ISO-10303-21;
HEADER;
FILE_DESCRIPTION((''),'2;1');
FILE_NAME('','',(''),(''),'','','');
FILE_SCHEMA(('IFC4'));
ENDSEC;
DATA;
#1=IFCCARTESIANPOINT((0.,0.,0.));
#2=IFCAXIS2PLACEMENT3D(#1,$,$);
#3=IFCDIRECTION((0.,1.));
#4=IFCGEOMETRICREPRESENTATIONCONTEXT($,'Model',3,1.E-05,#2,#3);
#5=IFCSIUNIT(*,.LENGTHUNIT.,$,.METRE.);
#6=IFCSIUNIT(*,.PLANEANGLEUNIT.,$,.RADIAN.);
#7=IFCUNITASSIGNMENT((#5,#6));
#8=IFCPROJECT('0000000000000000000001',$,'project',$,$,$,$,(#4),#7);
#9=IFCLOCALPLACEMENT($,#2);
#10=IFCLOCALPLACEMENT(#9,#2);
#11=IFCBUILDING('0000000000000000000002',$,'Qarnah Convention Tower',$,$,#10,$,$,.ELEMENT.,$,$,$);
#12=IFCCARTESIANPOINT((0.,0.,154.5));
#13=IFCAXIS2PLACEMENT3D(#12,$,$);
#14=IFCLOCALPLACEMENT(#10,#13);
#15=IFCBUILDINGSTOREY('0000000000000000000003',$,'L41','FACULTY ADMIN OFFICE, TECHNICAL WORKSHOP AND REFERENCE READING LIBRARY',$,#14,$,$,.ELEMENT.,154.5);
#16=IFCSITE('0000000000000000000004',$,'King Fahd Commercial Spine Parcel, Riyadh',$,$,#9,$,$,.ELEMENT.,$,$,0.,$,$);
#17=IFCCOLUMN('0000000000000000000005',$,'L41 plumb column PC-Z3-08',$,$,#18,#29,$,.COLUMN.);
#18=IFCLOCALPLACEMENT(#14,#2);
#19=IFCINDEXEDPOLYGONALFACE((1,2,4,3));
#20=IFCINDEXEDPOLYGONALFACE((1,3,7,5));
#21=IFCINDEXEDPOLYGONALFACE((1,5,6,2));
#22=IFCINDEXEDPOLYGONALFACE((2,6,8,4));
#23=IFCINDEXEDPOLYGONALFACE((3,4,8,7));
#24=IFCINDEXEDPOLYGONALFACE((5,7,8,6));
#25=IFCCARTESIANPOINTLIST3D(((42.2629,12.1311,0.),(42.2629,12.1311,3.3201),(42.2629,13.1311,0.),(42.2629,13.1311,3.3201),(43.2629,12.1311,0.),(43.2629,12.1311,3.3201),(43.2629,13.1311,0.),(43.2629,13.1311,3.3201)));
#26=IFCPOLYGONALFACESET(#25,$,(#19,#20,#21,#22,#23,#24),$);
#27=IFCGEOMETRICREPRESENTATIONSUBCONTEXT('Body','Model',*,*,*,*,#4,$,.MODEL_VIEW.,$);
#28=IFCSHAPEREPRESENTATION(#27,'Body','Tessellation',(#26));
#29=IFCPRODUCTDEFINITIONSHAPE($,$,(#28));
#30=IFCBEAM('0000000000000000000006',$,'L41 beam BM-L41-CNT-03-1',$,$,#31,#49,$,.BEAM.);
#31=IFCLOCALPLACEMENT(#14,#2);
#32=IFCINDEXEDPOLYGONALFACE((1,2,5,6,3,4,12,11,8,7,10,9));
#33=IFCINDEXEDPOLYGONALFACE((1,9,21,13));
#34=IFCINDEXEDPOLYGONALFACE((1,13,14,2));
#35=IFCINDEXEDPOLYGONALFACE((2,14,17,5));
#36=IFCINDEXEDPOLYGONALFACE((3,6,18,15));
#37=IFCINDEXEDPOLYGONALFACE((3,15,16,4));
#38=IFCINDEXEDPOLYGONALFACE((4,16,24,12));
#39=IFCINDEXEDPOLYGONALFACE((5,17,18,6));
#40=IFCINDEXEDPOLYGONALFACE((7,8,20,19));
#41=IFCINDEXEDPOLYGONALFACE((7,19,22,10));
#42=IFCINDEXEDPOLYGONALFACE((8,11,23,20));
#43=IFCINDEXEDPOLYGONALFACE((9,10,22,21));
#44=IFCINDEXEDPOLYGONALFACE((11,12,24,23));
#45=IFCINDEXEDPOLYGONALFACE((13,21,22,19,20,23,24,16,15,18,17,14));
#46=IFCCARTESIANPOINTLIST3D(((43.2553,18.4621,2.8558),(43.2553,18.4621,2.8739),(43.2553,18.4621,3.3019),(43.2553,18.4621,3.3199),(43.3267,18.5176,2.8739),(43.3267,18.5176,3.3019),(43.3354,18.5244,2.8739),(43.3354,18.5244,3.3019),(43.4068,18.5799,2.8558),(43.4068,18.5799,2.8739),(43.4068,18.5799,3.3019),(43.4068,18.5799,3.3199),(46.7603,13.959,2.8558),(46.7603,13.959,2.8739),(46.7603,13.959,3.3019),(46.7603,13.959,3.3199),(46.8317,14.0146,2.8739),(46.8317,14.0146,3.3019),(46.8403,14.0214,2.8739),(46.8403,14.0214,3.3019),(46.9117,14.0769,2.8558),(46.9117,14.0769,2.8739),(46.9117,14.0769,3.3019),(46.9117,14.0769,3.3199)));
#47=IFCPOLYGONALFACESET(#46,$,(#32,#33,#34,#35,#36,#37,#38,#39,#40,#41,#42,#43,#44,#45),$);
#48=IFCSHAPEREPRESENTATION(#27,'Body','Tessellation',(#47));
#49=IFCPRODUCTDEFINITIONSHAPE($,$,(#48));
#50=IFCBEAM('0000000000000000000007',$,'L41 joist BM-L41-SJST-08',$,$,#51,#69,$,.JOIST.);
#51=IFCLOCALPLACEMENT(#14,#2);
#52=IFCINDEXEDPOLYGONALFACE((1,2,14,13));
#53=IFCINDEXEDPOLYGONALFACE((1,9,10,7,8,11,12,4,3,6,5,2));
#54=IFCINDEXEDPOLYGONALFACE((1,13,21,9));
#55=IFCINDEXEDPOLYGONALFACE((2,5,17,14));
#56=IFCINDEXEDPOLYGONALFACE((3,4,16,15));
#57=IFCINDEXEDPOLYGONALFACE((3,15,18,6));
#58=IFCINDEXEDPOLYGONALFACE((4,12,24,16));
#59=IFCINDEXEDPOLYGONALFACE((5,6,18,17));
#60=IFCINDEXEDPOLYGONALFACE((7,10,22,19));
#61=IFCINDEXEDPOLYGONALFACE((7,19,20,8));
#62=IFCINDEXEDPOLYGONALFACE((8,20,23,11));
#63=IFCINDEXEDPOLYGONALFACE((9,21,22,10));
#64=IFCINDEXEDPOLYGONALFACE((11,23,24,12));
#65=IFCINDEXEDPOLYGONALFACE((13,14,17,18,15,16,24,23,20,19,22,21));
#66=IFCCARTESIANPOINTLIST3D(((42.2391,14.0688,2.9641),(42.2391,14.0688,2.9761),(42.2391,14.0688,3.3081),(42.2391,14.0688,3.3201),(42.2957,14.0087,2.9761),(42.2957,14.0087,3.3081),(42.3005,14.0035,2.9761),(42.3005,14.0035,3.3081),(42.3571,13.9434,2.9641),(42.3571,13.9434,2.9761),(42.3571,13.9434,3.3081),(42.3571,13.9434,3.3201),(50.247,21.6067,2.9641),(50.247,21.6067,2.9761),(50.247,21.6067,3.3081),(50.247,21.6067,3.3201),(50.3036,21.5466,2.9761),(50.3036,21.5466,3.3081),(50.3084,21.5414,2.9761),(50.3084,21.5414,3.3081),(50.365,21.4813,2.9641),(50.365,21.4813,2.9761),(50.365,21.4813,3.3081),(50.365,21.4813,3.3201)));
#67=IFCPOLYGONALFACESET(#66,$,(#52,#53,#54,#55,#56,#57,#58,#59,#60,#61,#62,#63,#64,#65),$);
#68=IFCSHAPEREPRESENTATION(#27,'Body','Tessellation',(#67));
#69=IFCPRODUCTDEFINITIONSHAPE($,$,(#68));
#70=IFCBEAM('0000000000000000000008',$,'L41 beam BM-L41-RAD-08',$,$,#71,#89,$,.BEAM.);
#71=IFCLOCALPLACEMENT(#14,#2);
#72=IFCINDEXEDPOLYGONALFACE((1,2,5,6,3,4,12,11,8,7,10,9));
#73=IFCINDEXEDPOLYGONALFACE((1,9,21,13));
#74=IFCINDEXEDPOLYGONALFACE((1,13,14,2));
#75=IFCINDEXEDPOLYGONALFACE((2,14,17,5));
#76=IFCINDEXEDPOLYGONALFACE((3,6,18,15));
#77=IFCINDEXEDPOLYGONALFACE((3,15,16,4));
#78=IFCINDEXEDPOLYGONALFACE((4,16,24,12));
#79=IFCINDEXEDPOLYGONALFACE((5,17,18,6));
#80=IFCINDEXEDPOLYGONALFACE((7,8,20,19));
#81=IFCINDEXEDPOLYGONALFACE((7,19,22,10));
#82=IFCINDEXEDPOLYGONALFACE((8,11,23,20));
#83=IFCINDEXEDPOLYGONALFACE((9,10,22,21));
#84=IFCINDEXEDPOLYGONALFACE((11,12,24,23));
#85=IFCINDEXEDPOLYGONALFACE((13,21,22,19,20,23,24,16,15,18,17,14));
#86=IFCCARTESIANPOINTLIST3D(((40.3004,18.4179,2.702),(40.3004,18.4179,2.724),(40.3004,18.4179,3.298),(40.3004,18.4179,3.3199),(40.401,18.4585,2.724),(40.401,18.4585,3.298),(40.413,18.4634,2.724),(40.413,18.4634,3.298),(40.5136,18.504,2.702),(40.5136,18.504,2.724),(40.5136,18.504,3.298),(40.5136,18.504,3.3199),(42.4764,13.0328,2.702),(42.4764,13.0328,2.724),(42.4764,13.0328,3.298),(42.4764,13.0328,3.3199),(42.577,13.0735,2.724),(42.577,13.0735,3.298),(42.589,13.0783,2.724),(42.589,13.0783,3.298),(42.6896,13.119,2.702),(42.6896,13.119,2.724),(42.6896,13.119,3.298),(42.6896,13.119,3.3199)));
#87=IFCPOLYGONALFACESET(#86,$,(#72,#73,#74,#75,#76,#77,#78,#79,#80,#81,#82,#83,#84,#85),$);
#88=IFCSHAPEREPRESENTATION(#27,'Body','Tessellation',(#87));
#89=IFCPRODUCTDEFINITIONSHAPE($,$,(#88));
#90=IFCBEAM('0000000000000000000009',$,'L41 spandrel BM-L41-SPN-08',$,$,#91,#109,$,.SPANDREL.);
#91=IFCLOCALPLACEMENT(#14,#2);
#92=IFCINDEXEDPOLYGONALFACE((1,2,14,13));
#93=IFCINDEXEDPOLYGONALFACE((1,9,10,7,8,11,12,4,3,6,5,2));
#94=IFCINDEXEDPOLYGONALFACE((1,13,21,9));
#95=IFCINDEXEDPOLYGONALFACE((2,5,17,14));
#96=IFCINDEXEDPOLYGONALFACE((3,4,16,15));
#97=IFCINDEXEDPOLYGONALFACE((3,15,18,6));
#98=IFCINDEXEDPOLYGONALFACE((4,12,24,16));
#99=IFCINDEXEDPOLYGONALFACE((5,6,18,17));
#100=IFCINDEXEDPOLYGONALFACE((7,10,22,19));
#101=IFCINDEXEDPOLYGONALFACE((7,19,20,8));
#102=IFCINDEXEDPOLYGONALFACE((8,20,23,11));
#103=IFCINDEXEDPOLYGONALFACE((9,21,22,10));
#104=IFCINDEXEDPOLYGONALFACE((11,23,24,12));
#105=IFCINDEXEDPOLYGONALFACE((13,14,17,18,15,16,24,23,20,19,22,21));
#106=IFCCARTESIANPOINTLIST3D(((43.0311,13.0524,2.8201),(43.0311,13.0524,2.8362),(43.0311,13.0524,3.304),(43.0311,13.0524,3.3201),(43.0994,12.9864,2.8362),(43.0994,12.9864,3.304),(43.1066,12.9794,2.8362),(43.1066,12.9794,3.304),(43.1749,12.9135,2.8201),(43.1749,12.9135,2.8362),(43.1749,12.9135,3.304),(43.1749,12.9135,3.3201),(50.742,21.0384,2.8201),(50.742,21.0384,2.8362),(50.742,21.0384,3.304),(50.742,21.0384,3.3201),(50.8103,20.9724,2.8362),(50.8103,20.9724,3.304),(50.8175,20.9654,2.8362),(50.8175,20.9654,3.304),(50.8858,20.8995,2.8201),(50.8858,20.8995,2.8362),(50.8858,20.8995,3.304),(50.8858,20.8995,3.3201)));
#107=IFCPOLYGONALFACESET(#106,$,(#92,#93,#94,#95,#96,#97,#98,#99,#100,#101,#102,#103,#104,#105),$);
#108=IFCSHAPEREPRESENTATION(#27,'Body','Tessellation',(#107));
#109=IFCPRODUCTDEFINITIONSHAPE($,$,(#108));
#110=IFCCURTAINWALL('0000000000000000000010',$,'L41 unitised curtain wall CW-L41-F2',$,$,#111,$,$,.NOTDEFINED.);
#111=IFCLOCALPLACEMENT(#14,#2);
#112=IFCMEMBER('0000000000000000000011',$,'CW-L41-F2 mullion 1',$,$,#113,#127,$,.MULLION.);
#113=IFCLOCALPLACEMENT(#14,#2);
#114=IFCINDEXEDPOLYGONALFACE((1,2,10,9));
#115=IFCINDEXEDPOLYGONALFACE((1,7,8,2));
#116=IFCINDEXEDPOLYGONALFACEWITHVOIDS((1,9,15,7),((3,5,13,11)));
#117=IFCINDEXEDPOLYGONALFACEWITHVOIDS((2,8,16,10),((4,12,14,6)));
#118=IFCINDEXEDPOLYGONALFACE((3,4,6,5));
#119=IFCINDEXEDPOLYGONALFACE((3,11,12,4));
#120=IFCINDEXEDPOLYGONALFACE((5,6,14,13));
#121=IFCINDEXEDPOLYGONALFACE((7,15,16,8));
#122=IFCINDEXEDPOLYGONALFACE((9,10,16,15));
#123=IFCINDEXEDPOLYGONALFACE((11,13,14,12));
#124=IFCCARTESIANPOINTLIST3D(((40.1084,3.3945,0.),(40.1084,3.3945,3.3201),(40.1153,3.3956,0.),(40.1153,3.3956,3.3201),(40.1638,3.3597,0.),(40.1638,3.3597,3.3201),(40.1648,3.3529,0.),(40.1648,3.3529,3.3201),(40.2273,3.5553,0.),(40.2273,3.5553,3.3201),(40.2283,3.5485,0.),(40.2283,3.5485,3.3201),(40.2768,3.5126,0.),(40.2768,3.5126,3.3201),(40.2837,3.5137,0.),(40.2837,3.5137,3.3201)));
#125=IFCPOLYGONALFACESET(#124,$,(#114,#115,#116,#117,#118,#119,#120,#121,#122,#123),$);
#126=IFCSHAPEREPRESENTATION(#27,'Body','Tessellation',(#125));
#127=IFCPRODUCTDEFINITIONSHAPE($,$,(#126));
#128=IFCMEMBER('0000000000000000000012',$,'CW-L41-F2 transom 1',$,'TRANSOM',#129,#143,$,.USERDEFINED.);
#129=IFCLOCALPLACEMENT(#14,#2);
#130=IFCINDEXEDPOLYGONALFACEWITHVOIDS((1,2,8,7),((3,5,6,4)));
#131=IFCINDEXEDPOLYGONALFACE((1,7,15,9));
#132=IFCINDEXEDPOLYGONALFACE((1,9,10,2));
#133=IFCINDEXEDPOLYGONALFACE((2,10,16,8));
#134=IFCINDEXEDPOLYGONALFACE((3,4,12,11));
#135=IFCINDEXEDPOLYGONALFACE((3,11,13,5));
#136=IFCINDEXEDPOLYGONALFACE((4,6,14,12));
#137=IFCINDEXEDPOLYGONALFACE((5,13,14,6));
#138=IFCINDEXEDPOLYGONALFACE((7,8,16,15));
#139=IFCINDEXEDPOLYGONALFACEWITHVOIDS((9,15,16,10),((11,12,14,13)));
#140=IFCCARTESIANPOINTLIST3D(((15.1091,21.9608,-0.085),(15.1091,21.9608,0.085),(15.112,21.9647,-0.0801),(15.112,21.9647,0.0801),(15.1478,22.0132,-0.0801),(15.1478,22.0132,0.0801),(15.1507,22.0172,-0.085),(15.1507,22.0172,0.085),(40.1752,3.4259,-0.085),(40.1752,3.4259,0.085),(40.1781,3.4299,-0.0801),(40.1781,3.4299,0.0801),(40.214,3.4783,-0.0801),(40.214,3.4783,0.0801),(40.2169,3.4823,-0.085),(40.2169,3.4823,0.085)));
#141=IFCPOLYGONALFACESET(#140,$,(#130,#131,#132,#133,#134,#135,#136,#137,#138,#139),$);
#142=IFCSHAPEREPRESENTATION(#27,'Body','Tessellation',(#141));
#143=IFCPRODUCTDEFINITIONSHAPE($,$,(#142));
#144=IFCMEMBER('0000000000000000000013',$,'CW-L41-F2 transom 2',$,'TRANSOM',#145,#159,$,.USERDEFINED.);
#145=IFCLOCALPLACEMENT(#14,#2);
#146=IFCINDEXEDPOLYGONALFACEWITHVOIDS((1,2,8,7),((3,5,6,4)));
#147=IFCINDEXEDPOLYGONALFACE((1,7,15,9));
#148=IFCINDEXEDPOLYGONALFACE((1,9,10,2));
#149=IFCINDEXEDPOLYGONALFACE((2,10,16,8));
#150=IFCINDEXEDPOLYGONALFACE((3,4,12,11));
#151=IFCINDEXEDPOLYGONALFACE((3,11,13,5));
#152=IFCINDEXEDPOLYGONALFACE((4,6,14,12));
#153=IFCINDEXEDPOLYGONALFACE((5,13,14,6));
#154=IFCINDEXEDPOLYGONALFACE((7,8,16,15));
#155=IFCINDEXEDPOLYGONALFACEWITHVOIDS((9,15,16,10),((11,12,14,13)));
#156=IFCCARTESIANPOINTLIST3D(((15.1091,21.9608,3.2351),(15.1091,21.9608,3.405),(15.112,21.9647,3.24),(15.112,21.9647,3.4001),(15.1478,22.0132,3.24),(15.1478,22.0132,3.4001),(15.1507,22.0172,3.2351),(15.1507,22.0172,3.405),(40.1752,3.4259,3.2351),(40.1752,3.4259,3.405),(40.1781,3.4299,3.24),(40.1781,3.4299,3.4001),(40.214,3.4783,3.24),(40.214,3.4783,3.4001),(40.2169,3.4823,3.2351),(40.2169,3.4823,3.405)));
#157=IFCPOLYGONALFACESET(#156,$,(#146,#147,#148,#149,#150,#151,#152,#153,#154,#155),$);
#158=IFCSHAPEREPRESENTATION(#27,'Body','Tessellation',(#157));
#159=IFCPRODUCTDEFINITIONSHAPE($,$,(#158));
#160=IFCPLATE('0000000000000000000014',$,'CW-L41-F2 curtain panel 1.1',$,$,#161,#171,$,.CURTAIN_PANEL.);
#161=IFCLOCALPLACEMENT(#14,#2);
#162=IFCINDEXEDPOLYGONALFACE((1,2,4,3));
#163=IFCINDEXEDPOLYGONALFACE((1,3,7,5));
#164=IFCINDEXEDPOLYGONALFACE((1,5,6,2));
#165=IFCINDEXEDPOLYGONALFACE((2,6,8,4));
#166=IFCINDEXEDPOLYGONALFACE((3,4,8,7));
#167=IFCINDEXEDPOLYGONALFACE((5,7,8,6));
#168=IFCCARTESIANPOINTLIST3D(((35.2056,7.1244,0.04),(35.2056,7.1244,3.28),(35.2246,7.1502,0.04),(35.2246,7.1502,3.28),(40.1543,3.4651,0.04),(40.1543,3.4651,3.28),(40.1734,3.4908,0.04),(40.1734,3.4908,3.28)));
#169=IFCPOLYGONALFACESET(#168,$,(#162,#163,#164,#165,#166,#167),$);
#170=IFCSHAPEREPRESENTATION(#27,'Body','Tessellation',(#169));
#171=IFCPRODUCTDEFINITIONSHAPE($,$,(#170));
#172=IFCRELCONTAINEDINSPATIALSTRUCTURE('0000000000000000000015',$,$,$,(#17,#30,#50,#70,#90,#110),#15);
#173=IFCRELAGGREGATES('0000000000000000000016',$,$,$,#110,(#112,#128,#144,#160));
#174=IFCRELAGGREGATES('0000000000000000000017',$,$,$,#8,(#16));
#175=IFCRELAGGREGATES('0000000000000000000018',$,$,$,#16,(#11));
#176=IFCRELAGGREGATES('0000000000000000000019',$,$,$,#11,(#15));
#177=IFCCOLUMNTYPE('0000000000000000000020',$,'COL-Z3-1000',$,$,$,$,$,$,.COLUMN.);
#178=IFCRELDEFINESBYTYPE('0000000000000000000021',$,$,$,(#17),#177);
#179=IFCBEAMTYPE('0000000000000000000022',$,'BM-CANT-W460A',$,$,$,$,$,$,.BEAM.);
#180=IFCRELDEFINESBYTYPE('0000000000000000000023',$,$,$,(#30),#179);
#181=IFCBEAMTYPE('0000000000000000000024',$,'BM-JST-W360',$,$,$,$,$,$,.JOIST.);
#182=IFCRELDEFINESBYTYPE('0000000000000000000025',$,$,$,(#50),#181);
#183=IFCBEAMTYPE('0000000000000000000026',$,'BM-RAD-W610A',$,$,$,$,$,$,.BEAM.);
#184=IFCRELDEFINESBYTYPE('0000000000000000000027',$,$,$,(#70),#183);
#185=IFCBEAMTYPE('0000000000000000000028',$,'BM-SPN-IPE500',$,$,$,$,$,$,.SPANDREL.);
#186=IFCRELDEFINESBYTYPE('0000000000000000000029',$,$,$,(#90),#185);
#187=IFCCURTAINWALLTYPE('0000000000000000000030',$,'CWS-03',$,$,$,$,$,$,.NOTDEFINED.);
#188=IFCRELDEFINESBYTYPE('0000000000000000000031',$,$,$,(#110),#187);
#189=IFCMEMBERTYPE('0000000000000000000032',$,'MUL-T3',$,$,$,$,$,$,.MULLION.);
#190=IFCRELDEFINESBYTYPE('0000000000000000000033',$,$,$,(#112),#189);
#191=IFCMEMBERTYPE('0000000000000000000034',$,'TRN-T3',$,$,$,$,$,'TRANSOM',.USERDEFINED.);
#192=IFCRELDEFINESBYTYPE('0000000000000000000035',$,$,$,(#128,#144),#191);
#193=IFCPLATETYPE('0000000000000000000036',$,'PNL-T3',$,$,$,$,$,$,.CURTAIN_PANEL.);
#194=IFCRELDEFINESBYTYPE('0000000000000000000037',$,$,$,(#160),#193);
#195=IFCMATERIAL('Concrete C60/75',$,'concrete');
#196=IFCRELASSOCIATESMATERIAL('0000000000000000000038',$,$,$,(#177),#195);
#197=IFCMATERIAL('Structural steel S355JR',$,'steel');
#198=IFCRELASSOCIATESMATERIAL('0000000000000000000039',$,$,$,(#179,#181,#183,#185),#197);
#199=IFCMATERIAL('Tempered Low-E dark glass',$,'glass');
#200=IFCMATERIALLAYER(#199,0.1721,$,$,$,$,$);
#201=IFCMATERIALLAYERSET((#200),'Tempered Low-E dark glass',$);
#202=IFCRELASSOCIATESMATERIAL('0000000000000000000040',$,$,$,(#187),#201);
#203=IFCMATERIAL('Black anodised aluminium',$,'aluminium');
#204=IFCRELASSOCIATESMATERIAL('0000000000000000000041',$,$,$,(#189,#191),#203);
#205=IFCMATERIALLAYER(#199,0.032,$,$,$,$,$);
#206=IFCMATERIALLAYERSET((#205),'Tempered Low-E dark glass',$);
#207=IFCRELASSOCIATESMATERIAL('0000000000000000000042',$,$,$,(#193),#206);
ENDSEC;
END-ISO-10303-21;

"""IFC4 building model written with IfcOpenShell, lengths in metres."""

from ifc_helpers import new_model, si_unit, direction, frame, origin, origin_2d, place, context, subcontext, project, spatial, rectangle, hollow_rectangle, i_section, extrude, material, layer, layer_set, material_profile, profile_set, type_object, element, aggregate, save


model = new_model("IFC4")

# Units and contexts
model_context = context("Model", 3, precision=1e-05, world=origin(), true_north=direction((0.0, 1.0)))
body_context = subcontext(model_context, "Body", "Model", "MODEL_VIEW")
ifc_project = project(units=[si_unit("LENGTHUNIT", "METRE"), si_unit("PLANEANGLEUNIT", "RADIAN")], contexts=[model_context])

# Site, building, storey
site_placement = place(None, origin())
site = spatial("IfcSite", under=ifc_project, at=site_placement, Name="King Fahd Commercial Spine Parcel, Riyadh", CompositionType="ELEMENT", RefElevation=0.0)
building_placement = place(site_placement, origin())
building = spatial("IfcBuilding", under=site, at=building_placement, Name="Qarnah Convention Tower", CompositionType="ELEMENT")
storey_placement = place(building_placement, frame((0.0, 0.0, 154.5)))
storey = spatial("IfcBuildingStorey", under=building, at=storey_placement, Name="L41", Description="FACULTY ADMIN OFFICE, TECHNICAL WORKSHOP AND REFERENCE READING LIBRARY", CompositionType="ELEMENT", Elevation=154.5)

# Column
ifc_material_1 = material(Name="Concrete C60/75", Category="concrete")
ifc_material_profile_1 = material_profile(ifc_material_1, rectangle(XDim=1.0, YDim=1.0, at=origin_2d()), Name="RC-COL-1000X1000")
ifc_profile_set_1 = profile_set([ifc_material_profile_1], Name="Concrete C60/75")
column_type = type_object("IfcColumnType", Name="COL-Z3-1000", PredefinedType="COLUMN", material=ifc_profile_set_1)
column_placement = place(storey_placement, frame((42.7629, 12.6311, 0.0), z_axis=(0.0, 0.0, 1.0), x_axis=(1.0, 0.0, 0.0)))
element("IfcColumn", 1, at=column_placement, inside=storey, type_object=column_type, Name="L41 plumb column PC-Z3-08", PredefinedType="COLUMN", context=body_context, shape_type="SweptSolid", body=[
    extrude(rectangle(XDim=1.0, YDim=1.0, at=origin_2d()), origin(), (0.0, 0.0, 1.0), 3.3201),
])

# Beams
ifc_material_2 = material(Name="Structural steel S355JR", Category="steel")
ifc_material_profile_2 = material_profile(ifc_material_2, i_section(OverallWidth=0.1919, OverallDepth=0.4641, WebThickness=0.011, FlangeThickness=0.0181, at=origin_2d()), Name="W460X89")
ifc_profile_set_2 = profile_set([ifc_material_profile_2], Name="Structural steel S355JR")
beam_type_1 = type_object("IfcBeamType", Name="BM-CANT-W460A", PredefinedType="BEAM", material=ifc_profile_set_2)
beam_1_placement = place(storey_placement, frame((43.3311, 18.521, 3.0879), z_axis=(0.614225, -0.789131, 0.0), x_axis=(0.789131, 0.614225, 0.0)))
element("IfcBeam", 2, at=beam_1_placement, inside=storey, type_object=beam_type_1, Name="L41 beam BM-L41-CNT-03-1", PredefinedType="BEAM", context=body_context, shape_type="SweptSolid", body=[
    extrude(i_section(OverallWidth=0.1919, OverallDepth=0.4641, WebThickness=0.011, FlangeThickness=0.0181, at=origin_2d()), origin(), (0.0, 0.0, 1.0), 5.7063),
])
ifc_material_profile_3 = material_profile(ifc_material_2, i_section(OverallWidth=0.1721, OverallDepth=0.356, WebThickness=0.0071, FlangeThickness=0.012, at=origin_2d()), Name="W360X51")
ifc_profile_set_3 = profile_set([ifc_material_profile_3], Name="Structural steel S355JR")
beam_type_2 = type_object("IfcBeamType", Name="BM-JST-W360", PredefinedType="JOIST", material=ifc_profile_set_3)
beam_2_placement = place(storey_placement, frame((42.2981, 14.0061, 3.1421), z_axis=(0.728151, 0.685417, 0.0), x_axis=(-0.685417, 0.728151, 0.0)))
element("IfcBeam", 3, at=beam_2_placement, inside=storey, type_object=beam_type_2, Name="L41 joist BM-L41-SJST-08", PredefinedType="JOIST", context=body_context, shape_type="SweptSolid", body=[
    extrude(i_section(OverallWidth=0.1721, OverallDepth=0.356, WebThickness=0.0071, FlangeThickness=0.012, at=origin_2d()), origin(), (0.0, 0.0, 1.0), 10.9976),
])
ifc_material_profile_4 = material_profile(ifc_material_2, i_section(OverallWidth=0.23, OverallDepth=0.6179, WebThickness=0.0129, FlangeThickness=0.022, at=origin_2d()), Name="W610X140")
ifc_profile_set_4 = profile_set([ifc_material_profile_4], Name="Structural steel S355JR")
beam_type_3 = type_object("IfcBeamType", Name="BM-RAD-W610A", PredefinedType="BEAM", material=ifc_profile_set_4)
beam_3_placement = place(storey_placement, frame((40.407, 18.4609, 3.011), z_axis=(0.374657, -0.927164, 0.0), x_axis=(0.927164, 0.374657, 0.0)))
element("IfcBeam", 4, at=beam_3_placement, inside=storey, type_object=beam_type_3, Name="L41 beam BM-L41-RAD-08", PredefinedType="BEAM", context=body_context, shape_type="SweptSolid", body=[
    extrude(i_section(OverallWidth=0.23, OverallDepth=0.6179, WebThickness=0.0129, FlangeThickness=0.022, at=origin_2d()), origin(), (0.0, 0.0, 1.0), 5.8081),
])
ifc_material_profile_5 = material_profile(ifc_material_2, i_section(OverallWidth=0.2, OverallDepth=0.5, WebThickness=0.01, FlangeThickness=0.0161, at=origin_2d()), Name="IPE500")
ifc_profile_set_5 = profile_set([ifc_material_profile_5], Name="Structural steel S355JR")
beam_type_4 = type_object("IfcBeamType", Name="BM-SPN-IPE500", PredefinedType="SPANDREL", material=ifc_profile_set_5)
beam_4_placement = place(storey_placement, frame((43.103, 12.9829, 3.0701), z_axis=(0.694606, 0.719391, 0.0), x_axis=(-0.719391, 0.694606, 0.0)))
element("IfcBeam", 5, at=beam_4_placement, inside=storey, type_object=beam_type_4, Name="L41 spandrel BM-L41-SPN-08", PredefinedType="SPANDREL", context=body_context, shape_type="SweptSolid", body=[
    extrude(i_section(OverallWidth=0.2, OverallDepth=0.5, WebThickness=0.01, FlangeThickness=0.0161, at=origin_2d()), origin(), (0.0, 0.0, 1.0), 11.1011),
])

# Curtain wall, members, plate
ifc_material_3 = material(Name="Tempered Low-E dark glass", Category="glass")
ifc_layer_1 = layer(ifc_material_3, 0.1721)
ifc_layer_set_1 = layer_set([ifc_layer_1], Name="Tempered Low-E dark glass")
curtain_wall_type = type_object("IfcCurtainWallType", Name="CWS-03", PredefinedType="NOTDEFINED", material=ifc_layer_set_1)
curtain_wall_placement = place(storey_placement, origin())
curtain_wall = element("IfcCurtainWall", 6, at=curtain_wall_placement, inside=storey, type_object=curtain_wall_type, Name="L41 unitised curtain wall CW-L41-F2", PredefinedType="NOTDEFINED")
ifc_material_4 = material(Name="Black anodised aluminium", Category="aluminium")
ifc_material_profile_6 = material_profile(ifc_material_4, hollow_rectangle(XDim=0.0701, YDim=0.2, WallThickness=0.0049, at=origin_2d()), Name="MUL-70X200")
ifc_profile_set_6 = profile_set([ifc_material_profile_6], Name="Black anodised aluminium")
member_type_1 = type_object("IfcMemberType", Name="MUL-T3", PredefinedType="MULLION", material=ifc_profile_set_6)
member_1_placement = place(storey_placement, frame((40.196, 3.4541, 0.0), z_axis=(0.0, 0.0, 1.0), x_axis=(-0.804054, 0.594556, 0.0)))
member_1 = element("IfcMember", 7, at=member_1_placement, type_object=member_type_1, Name="CW-L41-F2 mullion 1", PredefinedType="MULLION", context=body_context, shape_type="SweptSolid", body=[
    extrude(hollow_rectangle(XDim=0.0701, YDim=0.2, WallThickness=0.0049, at=origin_2d()), origin(), (0.0, 0.0, 1.0), 3.3201),
])
ifc_material_profile_7 = material_profile(ifc_material_4, hollow_rectangle(XDim=0.0701, YDim=0.1699, WallThickness=0.0049, at=origin_2d()), Name="TRN-70X170")
ifc_profile_set_7 = profile_set([ifc_material_profile_7], Name="Black anodised aluminium")
member_type_2 = type_object("IfcMemberType", Name="TRN-T3", ElementType="TRANSOM", PredefinedType="USERDEFINED", material=ifc_profile_set_7)
member_2_placement = place(storey_placement, frame((40.196, 3.4541, 0.0), z_axis=(-0.804057, 0.594552, 0.0), x_axis=(-0.594552, -0.804057, 0.0)))
member_2 = element("IfcMember", 8, at=member_2_placement, type_object=member_type_2, Name="CW-L41-F2 transom 1", ObjectType="TRANSOM", PredefinedType="USERDEFINED", context=body_context, shape_type="SweptSolid", body=[
    extrude(hollow_rectangle(XDim=0.0701, YDim=0.1699, WallThickness=0.0049, at=origin_2d()), origin(), (0.0, 0.0, 1.0), 31.1746),
])
member_3_placement = place(storey_placement, frame((40.196, 3.4541, 3.3201), z_axis=(-0.804057, 0.594552, 0.0), x_axis=(-0.594552, -0.804057, 0.0)))
member_3 = element("IfcMember", 9, at=member_3_placement, type_object=member_type_2, Name="CW-L41-F2 transom 2", ObjectType="TRANSOM", PredefinedType="USERDEFINED", context=body_context, shape_type="SweptSolid", body=[
    extrude(hollow_rectangle(XDim=0.0701, YDim=0.1699, WallThickness=0.0049, at=origin_2d()), origin(), (0.0, 0.0, 1.0), 31.1746),
])
ifc_layer_2 = layer(ifc_material_3, 0.032)
ifc_layer_set_2 = layer_set([ifc_layer_2], Name="Tempered Low-E dark glass")
plate_type = type_object("IfcPlateType", Name="PNL-T3", PredefinedType="CURTAIN_PANEL", material=ifc_layer_set_2)
plate_placement = place(storey_placement, frame((37.6895, 5.3076, 0.04), z_axis=(0.0, 0.0, 1.0), x_axis=(-0.804054, 0.594556, 0.0)))
plate = element("IfcPlate", 10, at=plate_placement, type_object=plate_type, Name="CW-L41-F2 curtain panel 1.1", PredefinedType="CURTAIN_PANEL", context=body_context, shape_type="SweptSolid", body=[
    extrude(rectangle(XDim=6.1548, YDim=0.032, at=origin_2d()), origin(), (0.0, 0.0, 1.0), 3.24),
])
aggregate(curtain_wall, [member_1, member_2, member_3, plate])

save(model, "model.ifc")
